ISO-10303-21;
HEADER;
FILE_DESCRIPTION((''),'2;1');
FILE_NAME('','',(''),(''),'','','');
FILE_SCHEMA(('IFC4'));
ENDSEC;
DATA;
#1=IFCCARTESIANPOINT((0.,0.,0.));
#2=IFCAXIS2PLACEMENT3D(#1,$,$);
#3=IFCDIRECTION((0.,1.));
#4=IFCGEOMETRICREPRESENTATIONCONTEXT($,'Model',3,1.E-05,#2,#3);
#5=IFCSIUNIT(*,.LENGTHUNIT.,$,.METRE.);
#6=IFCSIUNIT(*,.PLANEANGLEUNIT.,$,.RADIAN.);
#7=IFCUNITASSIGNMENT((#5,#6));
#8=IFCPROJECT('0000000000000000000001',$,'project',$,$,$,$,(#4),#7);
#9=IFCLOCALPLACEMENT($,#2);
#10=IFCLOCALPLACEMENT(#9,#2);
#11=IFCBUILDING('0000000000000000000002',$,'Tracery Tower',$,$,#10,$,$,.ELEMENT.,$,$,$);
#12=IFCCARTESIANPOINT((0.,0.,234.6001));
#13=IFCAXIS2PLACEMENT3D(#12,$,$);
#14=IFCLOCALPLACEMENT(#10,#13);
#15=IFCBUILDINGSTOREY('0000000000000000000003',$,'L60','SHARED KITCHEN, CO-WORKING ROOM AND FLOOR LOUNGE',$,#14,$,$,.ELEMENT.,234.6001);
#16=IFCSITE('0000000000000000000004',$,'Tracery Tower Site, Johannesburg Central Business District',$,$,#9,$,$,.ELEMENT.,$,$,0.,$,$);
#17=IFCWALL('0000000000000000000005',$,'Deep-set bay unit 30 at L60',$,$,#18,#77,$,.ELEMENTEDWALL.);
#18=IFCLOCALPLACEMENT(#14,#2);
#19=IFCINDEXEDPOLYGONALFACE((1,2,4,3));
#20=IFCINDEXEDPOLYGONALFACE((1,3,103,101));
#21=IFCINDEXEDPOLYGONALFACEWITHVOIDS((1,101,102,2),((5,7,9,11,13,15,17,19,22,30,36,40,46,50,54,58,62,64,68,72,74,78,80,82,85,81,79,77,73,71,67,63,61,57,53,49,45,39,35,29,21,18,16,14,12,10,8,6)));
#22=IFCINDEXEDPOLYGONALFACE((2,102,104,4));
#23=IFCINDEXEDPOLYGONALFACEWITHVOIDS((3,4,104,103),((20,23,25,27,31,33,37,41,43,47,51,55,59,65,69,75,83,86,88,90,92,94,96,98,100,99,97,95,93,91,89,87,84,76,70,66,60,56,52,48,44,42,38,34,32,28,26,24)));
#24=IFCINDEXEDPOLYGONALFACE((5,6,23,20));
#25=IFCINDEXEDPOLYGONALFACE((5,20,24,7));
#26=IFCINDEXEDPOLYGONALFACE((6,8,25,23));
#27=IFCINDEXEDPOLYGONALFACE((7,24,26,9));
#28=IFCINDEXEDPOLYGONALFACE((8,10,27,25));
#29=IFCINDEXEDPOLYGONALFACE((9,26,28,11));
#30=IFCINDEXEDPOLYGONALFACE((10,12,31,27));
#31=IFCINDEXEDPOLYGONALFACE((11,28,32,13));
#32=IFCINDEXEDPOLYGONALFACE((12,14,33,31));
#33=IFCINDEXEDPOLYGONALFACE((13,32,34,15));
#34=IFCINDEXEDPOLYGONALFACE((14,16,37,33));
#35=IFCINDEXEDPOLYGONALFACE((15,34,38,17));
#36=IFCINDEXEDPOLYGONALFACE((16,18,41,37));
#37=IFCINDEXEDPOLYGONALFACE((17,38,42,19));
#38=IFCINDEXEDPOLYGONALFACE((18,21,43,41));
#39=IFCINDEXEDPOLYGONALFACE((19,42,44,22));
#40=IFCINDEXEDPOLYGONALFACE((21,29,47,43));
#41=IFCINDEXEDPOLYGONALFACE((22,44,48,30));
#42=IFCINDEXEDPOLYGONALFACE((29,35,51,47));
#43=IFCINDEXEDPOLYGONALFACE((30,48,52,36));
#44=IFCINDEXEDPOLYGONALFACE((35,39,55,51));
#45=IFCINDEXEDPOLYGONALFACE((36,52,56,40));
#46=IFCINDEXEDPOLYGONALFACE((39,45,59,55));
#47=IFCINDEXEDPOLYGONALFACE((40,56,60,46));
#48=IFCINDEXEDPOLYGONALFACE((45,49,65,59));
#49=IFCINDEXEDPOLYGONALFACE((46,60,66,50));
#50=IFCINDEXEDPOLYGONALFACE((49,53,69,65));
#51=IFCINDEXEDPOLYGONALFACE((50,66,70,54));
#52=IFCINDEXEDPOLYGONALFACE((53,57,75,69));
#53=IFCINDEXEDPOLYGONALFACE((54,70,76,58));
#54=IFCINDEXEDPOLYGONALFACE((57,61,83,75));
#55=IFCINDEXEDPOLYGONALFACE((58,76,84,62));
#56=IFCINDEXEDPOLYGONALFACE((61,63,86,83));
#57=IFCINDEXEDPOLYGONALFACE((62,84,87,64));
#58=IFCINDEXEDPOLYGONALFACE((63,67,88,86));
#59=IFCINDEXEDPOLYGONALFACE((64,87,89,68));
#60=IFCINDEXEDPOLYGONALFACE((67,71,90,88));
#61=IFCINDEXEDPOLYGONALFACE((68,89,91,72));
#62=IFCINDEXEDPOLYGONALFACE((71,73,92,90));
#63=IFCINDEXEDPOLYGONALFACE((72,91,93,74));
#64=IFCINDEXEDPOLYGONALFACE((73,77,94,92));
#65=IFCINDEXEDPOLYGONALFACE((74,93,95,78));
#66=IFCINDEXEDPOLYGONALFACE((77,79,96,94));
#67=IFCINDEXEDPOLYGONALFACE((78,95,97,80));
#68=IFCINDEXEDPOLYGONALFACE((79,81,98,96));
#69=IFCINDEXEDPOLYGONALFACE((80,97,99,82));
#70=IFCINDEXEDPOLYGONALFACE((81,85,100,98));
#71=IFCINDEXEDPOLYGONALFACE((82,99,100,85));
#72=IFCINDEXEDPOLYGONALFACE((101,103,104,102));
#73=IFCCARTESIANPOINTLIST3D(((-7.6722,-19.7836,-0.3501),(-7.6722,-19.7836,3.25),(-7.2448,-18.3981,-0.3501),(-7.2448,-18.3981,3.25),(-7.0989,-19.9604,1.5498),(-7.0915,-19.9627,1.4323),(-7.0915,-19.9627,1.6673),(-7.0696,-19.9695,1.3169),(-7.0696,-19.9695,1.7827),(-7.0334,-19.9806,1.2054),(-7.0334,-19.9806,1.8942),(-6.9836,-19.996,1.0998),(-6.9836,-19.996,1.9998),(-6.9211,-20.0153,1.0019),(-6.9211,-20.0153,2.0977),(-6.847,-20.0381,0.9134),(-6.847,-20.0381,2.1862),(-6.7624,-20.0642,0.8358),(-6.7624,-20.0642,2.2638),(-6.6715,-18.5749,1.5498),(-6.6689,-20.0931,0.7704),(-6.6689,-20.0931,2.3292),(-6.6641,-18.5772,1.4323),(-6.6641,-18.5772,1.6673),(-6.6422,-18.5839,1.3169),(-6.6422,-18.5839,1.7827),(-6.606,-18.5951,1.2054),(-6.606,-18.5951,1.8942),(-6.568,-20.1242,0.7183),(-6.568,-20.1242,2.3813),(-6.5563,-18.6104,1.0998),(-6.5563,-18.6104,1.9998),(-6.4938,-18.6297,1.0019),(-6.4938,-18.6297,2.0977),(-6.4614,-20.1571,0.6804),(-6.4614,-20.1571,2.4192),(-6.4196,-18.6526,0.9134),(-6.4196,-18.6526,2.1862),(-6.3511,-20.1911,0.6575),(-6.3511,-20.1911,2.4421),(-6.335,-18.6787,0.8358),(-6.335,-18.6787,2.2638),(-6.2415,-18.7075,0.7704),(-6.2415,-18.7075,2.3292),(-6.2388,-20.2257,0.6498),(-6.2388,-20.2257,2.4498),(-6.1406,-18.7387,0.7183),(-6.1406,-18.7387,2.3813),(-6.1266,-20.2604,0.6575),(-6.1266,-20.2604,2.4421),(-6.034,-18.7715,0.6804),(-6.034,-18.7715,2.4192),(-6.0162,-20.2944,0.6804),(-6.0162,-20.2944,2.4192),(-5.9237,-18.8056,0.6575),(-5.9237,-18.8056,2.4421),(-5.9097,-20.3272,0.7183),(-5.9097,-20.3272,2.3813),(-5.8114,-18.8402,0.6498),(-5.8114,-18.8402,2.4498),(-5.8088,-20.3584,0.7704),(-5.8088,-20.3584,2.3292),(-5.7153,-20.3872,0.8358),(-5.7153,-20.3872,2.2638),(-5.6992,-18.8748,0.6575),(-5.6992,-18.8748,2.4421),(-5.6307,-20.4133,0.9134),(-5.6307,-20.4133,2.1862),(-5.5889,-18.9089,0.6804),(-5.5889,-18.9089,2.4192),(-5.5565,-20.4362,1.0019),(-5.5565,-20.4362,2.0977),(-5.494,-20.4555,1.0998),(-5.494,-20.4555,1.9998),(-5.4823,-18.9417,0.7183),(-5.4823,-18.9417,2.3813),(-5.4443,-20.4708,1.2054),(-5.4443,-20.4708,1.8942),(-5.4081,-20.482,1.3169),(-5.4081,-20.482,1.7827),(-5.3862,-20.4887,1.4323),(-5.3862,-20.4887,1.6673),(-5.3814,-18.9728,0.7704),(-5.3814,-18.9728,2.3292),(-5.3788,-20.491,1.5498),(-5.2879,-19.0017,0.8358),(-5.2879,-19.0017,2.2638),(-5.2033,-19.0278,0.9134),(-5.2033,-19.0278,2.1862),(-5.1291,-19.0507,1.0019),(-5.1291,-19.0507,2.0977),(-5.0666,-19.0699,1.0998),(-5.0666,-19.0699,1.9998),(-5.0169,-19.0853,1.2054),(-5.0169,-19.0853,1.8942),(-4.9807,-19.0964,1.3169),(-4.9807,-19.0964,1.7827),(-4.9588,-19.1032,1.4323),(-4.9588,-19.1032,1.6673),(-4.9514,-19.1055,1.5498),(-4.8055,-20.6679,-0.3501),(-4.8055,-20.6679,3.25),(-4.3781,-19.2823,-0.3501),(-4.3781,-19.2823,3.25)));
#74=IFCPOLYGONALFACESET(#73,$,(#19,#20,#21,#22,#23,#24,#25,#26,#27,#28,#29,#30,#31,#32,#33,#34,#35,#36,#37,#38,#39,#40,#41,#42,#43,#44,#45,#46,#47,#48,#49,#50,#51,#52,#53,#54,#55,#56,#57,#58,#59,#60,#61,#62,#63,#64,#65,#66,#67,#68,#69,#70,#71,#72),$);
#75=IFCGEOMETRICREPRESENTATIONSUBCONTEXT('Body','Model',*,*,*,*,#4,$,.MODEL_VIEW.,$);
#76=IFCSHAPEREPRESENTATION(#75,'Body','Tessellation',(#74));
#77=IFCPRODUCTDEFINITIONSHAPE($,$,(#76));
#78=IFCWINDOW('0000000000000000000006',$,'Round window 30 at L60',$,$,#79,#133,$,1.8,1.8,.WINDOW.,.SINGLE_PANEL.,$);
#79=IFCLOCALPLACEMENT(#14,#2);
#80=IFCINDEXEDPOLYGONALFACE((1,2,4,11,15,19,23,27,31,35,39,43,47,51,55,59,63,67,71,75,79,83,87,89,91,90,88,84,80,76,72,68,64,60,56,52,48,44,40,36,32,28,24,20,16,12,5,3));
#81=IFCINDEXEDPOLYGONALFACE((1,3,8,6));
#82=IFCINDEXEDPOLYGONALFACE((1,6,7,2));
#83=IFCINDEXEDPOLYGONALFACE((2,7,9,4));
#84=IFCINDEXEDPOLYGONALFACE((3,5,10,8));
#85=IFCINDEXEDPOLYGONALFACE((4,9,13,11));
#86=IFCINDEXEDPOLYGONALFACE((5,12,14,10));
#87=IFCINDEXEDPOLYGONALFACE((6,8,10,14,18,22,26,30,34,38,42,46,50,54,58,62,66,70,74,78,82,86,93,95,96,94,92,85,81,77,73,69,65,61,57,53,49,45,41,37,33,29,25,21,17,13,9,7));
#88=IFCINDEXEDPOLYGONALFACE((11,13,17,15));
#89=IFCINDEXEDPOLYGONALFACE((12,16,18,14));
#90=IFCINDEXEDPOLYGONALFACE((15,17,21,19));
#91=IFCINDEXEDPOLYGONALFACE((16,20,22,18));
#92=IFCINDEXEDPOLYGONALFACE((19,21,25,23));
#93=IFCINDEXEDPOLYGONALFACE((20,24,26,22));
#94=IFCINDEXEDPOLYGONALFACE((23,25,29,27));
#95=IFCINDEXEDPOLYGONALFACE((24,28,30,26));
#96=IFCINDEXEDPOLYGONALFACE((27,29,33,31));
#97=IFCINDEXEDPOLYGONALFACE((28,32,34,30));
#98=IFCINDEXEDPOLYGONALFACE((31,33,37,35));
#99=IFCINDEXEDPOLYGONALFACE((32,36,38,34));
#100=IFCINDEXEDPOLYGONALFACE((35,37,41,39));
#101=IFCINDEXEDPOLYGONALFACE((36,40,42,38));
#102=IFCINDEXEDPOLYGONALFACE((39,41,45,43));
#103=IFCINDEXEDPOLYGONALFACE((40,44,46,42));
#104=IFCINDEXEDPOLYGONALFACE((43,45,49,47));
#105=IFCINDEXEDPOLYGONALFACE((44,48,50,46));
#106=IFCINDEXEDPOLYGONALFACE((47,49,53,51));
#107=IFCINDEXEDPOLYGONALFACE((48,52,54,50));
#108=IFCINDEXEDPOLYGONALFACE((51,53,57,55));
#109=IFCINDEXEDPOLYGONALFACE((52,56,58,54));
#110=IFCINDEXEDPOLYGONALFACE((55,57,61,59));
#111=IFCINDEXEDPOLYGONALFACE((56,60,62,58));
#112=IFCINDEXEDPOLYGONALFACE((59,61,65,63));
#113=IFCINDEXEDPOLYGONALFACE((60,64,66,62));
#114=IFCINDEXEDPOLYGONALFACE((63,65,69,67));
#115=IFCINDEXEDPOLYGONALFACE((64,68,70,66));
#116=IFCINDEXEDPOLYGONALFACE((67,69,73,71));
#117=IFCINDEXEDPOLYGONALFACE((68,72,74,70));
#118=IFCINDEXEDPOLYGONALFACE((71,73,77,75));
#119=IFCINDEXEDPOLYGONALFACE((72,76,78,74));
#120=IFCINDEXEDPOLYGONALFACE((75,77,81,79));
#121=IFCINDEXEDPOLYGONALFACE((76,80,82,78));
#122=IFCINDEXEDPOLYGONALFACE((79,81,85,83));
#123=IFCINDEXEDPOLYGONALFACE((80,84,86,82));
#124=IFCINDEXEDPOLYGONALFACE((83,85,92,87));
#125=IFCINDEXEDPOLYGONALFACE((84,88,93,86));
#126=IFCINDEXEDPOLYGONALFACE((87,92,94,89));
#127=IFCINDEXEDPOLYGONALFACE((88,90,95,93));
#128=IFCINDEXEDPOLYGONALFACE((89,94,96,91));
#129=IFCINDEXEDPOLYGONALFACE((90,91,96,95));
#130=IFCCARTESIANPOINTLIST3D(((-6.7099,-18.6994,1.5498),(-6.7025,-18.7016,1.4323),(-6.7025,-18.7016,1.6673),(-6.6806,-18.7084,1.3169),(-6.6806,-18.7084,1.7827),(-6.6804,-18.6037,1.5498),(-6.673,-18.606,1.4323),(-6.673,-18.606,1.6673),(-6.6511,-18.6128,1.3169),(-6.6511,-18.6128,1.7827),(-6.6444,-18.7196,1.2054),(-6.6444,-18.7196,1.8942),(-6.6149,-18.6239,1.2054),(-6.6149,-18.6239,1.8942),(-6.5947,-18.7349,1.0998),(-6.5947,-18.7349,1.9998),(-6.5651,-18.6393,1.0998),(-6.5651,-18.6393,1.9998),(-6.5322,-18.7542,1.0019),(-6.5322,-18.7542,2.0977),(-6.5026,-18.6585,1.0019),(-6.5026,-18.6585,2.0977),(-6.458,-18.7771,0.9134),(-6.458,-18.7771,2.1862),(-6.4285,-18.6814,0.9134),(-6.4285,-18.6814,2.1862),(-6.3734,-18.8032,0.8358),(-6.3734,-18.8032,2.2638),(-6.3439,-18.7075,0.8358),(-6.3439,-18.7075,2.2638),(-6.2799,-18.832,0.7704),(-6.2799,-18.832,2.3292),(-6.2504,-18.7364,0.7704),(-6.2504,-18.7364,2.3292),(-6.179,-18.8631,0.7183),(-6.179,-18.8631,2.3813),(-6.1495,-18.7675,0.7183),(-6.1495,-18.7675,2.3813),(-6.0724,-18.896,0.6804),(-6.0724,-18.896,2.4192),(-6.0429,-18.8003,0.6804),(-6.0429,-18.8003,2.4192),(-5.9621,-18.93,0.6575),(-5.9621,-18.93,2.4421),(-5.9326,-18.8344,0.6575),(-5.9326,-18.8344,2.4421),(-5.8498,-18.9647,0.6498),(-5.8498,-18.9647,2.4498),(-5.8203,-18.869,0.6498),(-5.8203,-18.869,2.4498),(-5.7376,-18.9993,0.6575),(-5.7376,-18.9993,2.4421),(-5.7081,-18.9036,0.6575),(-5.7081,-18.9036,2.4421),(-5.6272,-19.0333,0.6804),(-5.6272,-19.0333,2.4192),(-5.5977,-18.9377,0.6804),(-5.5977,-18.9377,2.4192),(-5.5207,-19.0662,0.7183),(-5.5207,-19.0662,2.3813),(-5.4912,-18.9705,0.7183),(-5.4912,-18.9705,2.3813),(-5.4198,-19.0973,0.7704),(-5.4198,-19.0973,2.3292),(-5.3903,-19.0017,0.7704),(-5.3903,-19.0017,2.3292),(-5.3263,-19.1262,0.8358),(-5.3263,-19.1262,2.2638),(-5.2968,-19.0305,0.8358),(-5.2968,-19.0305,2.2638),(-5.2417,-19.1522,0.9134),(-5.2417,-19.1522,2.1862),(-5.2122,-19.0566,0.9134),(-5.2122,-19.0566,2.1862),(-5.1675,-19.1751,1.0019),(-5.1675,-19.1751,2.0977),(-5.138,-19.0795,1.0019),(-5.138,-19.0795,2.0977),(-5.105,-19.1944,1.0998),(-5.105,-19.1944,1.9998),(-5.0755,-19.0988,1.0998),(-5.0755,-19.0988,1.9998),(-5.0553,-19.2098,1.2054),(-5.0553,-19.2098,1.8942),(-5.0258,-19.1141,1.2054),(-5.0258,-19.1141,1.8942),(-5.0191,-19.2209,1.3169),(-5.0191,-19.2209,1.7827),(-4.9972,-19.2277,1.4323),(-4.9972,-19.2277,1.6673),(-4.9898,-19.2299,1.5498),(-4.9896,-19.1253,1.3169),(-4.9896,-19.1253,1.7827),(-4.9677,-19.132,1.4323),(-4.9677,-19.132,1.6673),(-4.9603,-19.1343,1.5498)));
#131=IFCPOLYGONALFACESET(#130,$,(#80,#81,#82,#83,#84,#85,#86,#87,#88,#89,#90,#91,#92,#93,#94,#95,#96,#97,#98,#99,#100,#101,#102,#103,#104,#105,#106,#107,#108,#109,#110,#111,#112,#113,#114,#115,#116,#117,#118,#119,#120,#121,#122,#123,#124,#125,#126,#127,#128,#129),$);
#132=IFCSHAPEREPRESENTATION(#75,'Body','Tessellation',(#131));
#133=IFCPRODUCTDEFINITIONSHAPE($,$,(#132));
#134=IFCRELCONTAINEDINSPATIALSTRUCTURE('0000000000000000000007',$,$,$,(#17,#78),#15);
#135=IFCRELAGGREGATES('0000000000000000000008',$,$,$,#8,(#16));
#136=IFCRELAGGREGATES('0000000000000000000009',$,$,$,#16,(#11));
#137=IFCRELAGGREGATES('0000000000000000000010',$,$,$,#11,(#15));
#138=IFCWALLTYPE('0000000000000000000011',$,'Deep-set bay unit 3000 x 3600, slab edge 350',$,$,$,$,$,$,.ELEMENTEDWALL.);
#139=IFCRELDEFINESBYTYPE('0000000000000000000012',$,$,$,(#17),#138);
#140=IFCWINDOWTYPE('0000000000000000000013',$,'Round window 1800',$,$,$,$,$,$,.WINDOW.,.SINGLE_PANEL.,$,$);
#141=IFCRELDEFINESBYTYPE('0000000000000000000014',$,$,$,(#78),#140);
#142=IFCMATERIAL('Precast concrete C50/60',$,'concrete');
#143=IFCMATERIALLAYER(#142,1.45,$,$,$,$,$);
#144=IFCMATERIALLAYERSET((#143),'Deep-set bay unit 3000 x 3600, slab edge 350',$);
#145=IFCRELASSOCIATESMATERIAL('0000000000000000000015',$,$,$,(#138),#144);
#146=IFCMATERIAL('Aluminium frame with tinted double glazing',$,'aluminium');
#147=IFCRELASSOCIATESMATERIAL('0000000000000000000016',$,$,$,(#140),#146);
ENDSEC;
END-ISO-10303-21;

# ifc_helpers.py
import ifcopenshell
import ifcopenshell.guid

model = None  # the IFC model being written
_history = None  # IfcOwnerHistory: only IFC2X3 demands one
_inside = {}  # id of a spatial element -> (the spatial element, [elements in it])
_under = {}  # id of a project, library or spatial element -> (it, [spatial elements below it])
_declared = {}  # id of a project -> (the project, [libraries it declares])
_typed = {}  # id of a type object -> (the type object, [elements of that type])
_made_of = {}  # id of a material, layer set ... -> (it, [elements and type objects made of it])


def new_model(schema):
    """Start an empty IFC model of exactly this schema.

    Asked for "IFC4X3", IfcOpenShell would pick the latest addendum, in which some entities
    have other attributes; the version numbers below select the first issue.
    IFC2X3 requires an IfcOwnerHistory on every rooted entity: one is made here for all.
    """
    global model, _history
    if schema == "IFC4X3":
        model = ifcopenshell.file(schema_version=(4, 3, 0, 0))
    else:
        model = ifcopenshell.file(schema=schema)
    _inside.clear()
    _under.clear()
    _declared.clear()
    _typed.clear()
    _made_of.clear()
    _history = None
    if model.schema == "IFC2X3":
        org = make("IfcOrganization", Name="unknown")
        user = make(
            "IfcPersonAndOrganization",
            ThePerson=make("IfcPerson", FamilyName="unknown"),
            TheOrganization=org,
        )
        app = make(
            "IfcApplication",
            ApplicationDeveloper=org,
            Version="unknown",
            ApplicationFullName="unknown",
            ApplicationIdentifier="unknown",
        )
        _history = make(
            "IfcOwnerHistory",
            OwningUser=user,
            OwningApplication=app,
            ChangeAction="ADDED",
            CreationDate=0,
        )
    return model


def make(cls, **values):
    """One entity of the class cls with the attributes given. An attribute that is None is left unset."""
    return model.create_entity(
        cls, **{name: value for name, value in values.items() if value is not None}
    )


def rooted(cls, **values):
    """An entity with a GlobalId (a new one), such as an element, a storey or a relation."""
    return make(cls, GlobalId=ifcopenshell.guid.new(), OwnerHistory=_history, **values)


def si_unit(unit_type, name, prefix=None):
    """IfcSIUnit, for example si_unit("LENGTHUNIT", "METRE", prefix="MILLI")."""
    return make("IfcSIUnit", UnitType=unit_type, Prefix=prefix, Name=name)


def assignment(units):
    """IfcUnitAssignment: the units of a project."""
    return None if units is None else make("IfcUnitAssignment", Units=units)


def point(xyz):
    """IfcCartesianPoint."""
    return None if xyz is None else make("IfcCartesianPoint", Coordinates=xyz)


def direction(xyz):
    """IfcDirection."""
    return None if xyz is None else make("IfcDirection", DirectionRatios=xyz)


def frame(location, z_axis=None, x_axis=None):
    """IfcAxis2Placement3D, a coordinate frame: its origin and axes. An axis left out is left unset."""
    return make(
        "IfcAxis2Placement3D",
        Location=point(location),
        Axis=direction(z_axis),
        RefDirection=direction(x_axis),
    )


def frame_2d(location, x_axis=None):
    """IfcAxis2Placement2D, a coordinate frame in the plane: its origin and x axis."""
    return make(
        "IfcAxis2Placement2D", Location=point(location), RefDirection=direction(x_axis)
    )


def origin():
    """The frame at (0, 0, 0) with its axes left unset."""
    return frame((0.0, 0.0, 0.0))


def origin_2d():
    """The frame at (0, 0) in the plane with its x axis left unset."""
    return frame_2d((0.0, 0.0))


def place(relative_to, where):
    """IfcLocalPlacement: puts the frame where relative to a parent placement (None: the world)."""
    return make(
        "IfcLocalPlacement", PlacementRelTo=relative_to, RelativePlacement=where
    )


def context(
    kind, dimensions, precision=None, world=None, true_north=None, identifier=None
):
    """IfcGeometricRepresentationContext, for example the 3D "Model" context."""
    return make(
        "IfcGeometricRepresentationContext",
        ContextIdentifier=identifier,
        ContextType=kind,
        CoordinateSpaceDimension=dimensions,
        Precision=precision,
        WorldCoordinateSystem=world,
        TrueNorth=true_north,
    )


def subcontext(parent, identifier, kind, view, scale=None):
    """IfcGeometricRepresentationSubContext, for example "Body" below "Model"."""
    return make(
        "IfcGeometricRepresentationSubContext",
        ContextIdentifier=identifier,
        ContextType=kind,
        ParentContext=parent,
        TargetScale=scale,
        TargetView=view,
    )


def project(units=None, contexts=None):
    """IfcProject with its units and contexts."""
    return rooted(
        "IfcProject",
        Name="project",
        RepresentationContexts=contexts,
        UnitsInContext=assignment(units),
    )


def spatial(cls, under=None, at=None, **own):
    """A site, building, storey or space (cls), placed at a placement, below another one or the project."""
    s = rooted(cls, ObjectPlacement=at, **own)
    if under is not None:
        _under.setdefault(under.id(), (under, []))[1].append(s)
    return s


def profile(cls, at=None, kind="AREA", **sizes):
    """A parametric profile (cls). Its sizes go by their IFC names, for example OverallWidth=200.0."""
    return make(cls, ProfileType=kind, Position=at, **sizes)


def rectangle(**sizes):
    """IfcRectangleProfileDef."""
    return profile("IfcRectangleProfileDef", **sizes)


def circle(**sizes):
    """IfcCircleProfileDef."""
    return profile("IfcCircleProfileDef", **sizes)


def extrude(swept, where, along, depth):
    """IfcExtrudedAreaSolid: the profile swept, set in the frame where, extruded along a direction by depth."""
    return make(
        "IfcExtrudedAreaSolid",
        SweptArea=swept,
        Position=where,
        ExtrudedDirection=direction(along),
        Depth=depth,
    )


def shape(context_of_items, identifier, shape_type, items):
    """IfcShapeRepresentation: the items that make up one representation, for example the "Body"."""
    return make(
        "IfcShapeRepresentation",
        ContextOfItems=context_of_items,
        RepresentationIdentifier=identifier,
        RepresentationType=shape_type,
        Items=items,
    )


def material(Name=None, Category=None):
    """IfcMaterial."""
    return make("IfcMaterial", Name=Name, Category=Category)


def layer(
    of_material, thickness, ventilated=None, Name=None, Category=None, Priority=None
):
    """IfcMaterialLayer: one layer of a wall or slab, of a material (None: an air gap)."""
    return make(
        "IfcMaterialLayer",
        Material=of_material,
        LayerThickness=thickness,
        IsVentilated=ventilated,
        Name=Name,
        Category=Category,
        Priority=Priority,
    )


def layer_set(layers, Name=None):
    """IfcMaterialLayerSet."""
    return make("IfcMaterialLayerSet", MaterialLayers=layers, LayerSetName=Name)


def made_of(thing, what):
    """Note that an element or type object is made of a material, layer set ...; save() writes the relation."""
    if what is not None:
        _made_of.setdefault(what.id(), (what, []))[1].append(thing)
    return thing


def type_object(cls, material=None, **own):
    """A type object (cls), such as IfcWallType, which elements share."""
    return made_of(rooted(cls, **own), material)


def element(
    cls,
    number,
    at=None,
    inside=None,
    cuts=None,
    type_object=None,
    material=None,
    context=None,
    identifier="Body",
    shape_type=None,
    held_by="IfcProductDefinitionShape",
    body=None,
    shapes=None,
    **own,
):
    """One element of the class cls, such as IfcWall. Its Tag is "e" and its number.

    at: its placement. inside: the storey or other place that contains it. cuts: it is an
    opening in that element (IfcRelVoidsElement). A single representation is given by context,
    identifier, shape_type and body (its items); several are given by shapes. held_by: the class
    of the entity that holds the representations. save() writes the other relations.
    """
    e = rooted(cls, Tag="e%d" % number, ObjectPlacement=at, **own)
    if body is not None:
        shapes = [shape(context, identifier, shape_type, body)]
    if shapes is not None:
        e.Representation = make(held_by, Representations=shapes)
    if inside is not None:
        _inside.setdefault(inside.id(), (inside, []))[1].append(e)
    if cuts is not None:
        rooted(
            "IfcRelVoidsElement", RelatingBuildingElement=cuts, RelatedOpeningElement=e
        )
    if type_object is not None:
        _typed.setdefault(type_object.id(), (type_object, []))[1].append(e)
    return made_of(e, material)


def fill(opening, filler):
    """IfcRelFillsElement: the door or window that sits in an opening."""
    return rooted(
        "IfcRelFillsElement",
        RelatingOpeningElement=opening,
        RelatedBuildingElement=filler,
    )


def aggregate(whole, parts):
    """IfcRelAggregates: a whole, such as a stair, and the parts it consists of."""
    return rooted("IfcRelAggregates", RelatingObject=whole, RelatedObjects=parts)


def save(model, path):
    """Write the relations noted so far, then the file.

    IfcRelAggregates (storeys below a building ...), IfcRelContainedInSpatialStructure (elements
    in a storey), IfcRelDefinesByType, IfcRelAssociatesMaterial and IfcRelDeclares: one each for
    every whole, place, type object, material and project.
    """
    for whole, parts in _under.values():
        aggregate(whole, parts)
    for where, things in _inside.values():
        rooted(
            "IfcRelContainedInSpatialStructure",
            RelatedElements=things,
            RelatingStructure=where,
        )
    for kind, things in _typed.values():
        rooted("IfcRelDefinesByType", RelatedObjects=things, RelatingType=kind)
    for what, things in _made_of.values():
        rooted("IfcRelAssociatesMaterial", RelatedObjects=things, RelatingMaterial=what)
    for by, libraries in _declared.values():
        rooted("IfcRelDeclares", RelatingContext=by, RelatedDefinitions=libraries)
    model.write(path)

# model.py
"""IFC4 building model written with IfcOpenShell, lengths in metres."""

from ifc_helpers import new_model, si_unit, direction, frame, frame_2d, origin, origin_2d, place, context, subcontext, project, spatial, rectangle, circle, extrude, material, layer, layer_set, type_object, element, fill, save


model = new_model("IFC4")

# Units and contexts
model_context = context("Model", 3, precision=1e-05, world=origin(), true_north=direction((0.0, 1.0)))
body_context = subcontext(model_context, "Body", "Model", "MODEL_VIEW")
ifc_project = project(units=[si_unit("LENGTHUNIT", "METRE"), si_unit("PLANEANGLEUNIT", "RADIAN")], contexts=[model_context])

# Site, building, storey
site_placement = place(None, origin())
site = spatial("IfcSite", under=ifc_project, at=site_placement, Name="Tracery Tower Site, Johannesburg Central Business District", CompositionType="ELEMENT", RefElevation=0.0)
building_placement = place(site_placement, origin())
building = spatial("IfcBuilding", under=site, at=building_placement, Name="Tracery Tower", CompositionType="ELEMENT")
storey_placement = place(building_placement, frame((0.0, 0.0, 234.6001)))
storey = spatial("IfcBuildingStorey", under=building, at=storey_placement, Name="L60", Description="SHARED KITCHEN, CO-WORKING ROOM AND FLOOR LOUNGE", CompositionType="ELEMENT", Elevation=234.6001)

# Wall, opening, window
ifc_material_1 = material(Name="Precast concrete C50/60", Category="concrete")
ifc_layer_1 = layer(ifc_material_1, 1.45)
ifc_layer_set_1 = layer_set([ifc_layer_1], Name="Deep-set bay unit 3000 x 3600, slab edge 350")
wall_type_1 = type_object("IfcWallType", Name="Deep-set bay unit 3000 x 3600, slab edge 350", PredefinedType="ELEMENTEDWALL", material=ifc_layer_set_1)
wall_1_placement = place(storey_placement, frame((-7.4585, -19.0908, -0.3501), z_axis=(0.0, 0.0, 1.0), x_axis=(0.955571, -0.294761, 0.0)))
wall_1 = element("IfcWall", 1, at=wall_1_placement, inside=storey, type_object=wall_type_1, Name="Deep-set bay unit 30 at L60", PredefinedType="ELEMENTEDWALL", context=body_context, shape_type="SweptSolid", body=[
    extrude(rectangle(XDim=3.0, YDim=1.45, at=frame_2d((1.5, 0.0))), origin(), (0.0, 0.0, 1.0), 3.6001),
])
opening_1_placement = place(wall_1_placement, frame((1.5, 0.0, 1.8999)))
opening_1 = element("IfcOpeningElement", 2, at=opening_1_placement, cuts=wall_1, PredefinedType="OPENING", context=body_context, shape_type="SweptSolid", body=[
    extrude(circle(Radius=0.9, at=origin_2d()), frame((0.0, 0.7349, 0.0), z_axis=(0.0, -1.0, 0.0), x_axis=(1.0, 0.0, 0.0)), (0.0, 0.0, 1.0), 1.47),
])
ifc_material_2 = material(Name="Aluminium frame with tinted double glazing", Category="aluminium")
window_type = type_object("IfcWindowType", Name="Round window 1800", PartitioningType="SINGLE_PANEL", PredefinedType="WINDOW", material=ifc_material_2)
window_1_placement = place(opening_1_placement, origin())
window_1 = element("IfcWindow", 3, at=window_1_placement, inside=storey, type_object=window_type, Name="Round window 30 at L60", OverallHeight=1.8, OverallWidth=1.8, PartitioningType="SINGLE_PANEL", PredefinedType="WINDOW", context=body_context, shape_type="SweptSolid", body=[
    extrude(circle(Radius=0.9, at=origin_2d()), frame((0.0, 0.6948, 0.0), z_axis=(0.0, -1.0, 0.0), x_axis=(1.0, 0.0, 0.0)), (0.0, 0.0, 1.0), 0.1001),
])
fill(opening_1, window_1)

save(model, "model.ifc")
